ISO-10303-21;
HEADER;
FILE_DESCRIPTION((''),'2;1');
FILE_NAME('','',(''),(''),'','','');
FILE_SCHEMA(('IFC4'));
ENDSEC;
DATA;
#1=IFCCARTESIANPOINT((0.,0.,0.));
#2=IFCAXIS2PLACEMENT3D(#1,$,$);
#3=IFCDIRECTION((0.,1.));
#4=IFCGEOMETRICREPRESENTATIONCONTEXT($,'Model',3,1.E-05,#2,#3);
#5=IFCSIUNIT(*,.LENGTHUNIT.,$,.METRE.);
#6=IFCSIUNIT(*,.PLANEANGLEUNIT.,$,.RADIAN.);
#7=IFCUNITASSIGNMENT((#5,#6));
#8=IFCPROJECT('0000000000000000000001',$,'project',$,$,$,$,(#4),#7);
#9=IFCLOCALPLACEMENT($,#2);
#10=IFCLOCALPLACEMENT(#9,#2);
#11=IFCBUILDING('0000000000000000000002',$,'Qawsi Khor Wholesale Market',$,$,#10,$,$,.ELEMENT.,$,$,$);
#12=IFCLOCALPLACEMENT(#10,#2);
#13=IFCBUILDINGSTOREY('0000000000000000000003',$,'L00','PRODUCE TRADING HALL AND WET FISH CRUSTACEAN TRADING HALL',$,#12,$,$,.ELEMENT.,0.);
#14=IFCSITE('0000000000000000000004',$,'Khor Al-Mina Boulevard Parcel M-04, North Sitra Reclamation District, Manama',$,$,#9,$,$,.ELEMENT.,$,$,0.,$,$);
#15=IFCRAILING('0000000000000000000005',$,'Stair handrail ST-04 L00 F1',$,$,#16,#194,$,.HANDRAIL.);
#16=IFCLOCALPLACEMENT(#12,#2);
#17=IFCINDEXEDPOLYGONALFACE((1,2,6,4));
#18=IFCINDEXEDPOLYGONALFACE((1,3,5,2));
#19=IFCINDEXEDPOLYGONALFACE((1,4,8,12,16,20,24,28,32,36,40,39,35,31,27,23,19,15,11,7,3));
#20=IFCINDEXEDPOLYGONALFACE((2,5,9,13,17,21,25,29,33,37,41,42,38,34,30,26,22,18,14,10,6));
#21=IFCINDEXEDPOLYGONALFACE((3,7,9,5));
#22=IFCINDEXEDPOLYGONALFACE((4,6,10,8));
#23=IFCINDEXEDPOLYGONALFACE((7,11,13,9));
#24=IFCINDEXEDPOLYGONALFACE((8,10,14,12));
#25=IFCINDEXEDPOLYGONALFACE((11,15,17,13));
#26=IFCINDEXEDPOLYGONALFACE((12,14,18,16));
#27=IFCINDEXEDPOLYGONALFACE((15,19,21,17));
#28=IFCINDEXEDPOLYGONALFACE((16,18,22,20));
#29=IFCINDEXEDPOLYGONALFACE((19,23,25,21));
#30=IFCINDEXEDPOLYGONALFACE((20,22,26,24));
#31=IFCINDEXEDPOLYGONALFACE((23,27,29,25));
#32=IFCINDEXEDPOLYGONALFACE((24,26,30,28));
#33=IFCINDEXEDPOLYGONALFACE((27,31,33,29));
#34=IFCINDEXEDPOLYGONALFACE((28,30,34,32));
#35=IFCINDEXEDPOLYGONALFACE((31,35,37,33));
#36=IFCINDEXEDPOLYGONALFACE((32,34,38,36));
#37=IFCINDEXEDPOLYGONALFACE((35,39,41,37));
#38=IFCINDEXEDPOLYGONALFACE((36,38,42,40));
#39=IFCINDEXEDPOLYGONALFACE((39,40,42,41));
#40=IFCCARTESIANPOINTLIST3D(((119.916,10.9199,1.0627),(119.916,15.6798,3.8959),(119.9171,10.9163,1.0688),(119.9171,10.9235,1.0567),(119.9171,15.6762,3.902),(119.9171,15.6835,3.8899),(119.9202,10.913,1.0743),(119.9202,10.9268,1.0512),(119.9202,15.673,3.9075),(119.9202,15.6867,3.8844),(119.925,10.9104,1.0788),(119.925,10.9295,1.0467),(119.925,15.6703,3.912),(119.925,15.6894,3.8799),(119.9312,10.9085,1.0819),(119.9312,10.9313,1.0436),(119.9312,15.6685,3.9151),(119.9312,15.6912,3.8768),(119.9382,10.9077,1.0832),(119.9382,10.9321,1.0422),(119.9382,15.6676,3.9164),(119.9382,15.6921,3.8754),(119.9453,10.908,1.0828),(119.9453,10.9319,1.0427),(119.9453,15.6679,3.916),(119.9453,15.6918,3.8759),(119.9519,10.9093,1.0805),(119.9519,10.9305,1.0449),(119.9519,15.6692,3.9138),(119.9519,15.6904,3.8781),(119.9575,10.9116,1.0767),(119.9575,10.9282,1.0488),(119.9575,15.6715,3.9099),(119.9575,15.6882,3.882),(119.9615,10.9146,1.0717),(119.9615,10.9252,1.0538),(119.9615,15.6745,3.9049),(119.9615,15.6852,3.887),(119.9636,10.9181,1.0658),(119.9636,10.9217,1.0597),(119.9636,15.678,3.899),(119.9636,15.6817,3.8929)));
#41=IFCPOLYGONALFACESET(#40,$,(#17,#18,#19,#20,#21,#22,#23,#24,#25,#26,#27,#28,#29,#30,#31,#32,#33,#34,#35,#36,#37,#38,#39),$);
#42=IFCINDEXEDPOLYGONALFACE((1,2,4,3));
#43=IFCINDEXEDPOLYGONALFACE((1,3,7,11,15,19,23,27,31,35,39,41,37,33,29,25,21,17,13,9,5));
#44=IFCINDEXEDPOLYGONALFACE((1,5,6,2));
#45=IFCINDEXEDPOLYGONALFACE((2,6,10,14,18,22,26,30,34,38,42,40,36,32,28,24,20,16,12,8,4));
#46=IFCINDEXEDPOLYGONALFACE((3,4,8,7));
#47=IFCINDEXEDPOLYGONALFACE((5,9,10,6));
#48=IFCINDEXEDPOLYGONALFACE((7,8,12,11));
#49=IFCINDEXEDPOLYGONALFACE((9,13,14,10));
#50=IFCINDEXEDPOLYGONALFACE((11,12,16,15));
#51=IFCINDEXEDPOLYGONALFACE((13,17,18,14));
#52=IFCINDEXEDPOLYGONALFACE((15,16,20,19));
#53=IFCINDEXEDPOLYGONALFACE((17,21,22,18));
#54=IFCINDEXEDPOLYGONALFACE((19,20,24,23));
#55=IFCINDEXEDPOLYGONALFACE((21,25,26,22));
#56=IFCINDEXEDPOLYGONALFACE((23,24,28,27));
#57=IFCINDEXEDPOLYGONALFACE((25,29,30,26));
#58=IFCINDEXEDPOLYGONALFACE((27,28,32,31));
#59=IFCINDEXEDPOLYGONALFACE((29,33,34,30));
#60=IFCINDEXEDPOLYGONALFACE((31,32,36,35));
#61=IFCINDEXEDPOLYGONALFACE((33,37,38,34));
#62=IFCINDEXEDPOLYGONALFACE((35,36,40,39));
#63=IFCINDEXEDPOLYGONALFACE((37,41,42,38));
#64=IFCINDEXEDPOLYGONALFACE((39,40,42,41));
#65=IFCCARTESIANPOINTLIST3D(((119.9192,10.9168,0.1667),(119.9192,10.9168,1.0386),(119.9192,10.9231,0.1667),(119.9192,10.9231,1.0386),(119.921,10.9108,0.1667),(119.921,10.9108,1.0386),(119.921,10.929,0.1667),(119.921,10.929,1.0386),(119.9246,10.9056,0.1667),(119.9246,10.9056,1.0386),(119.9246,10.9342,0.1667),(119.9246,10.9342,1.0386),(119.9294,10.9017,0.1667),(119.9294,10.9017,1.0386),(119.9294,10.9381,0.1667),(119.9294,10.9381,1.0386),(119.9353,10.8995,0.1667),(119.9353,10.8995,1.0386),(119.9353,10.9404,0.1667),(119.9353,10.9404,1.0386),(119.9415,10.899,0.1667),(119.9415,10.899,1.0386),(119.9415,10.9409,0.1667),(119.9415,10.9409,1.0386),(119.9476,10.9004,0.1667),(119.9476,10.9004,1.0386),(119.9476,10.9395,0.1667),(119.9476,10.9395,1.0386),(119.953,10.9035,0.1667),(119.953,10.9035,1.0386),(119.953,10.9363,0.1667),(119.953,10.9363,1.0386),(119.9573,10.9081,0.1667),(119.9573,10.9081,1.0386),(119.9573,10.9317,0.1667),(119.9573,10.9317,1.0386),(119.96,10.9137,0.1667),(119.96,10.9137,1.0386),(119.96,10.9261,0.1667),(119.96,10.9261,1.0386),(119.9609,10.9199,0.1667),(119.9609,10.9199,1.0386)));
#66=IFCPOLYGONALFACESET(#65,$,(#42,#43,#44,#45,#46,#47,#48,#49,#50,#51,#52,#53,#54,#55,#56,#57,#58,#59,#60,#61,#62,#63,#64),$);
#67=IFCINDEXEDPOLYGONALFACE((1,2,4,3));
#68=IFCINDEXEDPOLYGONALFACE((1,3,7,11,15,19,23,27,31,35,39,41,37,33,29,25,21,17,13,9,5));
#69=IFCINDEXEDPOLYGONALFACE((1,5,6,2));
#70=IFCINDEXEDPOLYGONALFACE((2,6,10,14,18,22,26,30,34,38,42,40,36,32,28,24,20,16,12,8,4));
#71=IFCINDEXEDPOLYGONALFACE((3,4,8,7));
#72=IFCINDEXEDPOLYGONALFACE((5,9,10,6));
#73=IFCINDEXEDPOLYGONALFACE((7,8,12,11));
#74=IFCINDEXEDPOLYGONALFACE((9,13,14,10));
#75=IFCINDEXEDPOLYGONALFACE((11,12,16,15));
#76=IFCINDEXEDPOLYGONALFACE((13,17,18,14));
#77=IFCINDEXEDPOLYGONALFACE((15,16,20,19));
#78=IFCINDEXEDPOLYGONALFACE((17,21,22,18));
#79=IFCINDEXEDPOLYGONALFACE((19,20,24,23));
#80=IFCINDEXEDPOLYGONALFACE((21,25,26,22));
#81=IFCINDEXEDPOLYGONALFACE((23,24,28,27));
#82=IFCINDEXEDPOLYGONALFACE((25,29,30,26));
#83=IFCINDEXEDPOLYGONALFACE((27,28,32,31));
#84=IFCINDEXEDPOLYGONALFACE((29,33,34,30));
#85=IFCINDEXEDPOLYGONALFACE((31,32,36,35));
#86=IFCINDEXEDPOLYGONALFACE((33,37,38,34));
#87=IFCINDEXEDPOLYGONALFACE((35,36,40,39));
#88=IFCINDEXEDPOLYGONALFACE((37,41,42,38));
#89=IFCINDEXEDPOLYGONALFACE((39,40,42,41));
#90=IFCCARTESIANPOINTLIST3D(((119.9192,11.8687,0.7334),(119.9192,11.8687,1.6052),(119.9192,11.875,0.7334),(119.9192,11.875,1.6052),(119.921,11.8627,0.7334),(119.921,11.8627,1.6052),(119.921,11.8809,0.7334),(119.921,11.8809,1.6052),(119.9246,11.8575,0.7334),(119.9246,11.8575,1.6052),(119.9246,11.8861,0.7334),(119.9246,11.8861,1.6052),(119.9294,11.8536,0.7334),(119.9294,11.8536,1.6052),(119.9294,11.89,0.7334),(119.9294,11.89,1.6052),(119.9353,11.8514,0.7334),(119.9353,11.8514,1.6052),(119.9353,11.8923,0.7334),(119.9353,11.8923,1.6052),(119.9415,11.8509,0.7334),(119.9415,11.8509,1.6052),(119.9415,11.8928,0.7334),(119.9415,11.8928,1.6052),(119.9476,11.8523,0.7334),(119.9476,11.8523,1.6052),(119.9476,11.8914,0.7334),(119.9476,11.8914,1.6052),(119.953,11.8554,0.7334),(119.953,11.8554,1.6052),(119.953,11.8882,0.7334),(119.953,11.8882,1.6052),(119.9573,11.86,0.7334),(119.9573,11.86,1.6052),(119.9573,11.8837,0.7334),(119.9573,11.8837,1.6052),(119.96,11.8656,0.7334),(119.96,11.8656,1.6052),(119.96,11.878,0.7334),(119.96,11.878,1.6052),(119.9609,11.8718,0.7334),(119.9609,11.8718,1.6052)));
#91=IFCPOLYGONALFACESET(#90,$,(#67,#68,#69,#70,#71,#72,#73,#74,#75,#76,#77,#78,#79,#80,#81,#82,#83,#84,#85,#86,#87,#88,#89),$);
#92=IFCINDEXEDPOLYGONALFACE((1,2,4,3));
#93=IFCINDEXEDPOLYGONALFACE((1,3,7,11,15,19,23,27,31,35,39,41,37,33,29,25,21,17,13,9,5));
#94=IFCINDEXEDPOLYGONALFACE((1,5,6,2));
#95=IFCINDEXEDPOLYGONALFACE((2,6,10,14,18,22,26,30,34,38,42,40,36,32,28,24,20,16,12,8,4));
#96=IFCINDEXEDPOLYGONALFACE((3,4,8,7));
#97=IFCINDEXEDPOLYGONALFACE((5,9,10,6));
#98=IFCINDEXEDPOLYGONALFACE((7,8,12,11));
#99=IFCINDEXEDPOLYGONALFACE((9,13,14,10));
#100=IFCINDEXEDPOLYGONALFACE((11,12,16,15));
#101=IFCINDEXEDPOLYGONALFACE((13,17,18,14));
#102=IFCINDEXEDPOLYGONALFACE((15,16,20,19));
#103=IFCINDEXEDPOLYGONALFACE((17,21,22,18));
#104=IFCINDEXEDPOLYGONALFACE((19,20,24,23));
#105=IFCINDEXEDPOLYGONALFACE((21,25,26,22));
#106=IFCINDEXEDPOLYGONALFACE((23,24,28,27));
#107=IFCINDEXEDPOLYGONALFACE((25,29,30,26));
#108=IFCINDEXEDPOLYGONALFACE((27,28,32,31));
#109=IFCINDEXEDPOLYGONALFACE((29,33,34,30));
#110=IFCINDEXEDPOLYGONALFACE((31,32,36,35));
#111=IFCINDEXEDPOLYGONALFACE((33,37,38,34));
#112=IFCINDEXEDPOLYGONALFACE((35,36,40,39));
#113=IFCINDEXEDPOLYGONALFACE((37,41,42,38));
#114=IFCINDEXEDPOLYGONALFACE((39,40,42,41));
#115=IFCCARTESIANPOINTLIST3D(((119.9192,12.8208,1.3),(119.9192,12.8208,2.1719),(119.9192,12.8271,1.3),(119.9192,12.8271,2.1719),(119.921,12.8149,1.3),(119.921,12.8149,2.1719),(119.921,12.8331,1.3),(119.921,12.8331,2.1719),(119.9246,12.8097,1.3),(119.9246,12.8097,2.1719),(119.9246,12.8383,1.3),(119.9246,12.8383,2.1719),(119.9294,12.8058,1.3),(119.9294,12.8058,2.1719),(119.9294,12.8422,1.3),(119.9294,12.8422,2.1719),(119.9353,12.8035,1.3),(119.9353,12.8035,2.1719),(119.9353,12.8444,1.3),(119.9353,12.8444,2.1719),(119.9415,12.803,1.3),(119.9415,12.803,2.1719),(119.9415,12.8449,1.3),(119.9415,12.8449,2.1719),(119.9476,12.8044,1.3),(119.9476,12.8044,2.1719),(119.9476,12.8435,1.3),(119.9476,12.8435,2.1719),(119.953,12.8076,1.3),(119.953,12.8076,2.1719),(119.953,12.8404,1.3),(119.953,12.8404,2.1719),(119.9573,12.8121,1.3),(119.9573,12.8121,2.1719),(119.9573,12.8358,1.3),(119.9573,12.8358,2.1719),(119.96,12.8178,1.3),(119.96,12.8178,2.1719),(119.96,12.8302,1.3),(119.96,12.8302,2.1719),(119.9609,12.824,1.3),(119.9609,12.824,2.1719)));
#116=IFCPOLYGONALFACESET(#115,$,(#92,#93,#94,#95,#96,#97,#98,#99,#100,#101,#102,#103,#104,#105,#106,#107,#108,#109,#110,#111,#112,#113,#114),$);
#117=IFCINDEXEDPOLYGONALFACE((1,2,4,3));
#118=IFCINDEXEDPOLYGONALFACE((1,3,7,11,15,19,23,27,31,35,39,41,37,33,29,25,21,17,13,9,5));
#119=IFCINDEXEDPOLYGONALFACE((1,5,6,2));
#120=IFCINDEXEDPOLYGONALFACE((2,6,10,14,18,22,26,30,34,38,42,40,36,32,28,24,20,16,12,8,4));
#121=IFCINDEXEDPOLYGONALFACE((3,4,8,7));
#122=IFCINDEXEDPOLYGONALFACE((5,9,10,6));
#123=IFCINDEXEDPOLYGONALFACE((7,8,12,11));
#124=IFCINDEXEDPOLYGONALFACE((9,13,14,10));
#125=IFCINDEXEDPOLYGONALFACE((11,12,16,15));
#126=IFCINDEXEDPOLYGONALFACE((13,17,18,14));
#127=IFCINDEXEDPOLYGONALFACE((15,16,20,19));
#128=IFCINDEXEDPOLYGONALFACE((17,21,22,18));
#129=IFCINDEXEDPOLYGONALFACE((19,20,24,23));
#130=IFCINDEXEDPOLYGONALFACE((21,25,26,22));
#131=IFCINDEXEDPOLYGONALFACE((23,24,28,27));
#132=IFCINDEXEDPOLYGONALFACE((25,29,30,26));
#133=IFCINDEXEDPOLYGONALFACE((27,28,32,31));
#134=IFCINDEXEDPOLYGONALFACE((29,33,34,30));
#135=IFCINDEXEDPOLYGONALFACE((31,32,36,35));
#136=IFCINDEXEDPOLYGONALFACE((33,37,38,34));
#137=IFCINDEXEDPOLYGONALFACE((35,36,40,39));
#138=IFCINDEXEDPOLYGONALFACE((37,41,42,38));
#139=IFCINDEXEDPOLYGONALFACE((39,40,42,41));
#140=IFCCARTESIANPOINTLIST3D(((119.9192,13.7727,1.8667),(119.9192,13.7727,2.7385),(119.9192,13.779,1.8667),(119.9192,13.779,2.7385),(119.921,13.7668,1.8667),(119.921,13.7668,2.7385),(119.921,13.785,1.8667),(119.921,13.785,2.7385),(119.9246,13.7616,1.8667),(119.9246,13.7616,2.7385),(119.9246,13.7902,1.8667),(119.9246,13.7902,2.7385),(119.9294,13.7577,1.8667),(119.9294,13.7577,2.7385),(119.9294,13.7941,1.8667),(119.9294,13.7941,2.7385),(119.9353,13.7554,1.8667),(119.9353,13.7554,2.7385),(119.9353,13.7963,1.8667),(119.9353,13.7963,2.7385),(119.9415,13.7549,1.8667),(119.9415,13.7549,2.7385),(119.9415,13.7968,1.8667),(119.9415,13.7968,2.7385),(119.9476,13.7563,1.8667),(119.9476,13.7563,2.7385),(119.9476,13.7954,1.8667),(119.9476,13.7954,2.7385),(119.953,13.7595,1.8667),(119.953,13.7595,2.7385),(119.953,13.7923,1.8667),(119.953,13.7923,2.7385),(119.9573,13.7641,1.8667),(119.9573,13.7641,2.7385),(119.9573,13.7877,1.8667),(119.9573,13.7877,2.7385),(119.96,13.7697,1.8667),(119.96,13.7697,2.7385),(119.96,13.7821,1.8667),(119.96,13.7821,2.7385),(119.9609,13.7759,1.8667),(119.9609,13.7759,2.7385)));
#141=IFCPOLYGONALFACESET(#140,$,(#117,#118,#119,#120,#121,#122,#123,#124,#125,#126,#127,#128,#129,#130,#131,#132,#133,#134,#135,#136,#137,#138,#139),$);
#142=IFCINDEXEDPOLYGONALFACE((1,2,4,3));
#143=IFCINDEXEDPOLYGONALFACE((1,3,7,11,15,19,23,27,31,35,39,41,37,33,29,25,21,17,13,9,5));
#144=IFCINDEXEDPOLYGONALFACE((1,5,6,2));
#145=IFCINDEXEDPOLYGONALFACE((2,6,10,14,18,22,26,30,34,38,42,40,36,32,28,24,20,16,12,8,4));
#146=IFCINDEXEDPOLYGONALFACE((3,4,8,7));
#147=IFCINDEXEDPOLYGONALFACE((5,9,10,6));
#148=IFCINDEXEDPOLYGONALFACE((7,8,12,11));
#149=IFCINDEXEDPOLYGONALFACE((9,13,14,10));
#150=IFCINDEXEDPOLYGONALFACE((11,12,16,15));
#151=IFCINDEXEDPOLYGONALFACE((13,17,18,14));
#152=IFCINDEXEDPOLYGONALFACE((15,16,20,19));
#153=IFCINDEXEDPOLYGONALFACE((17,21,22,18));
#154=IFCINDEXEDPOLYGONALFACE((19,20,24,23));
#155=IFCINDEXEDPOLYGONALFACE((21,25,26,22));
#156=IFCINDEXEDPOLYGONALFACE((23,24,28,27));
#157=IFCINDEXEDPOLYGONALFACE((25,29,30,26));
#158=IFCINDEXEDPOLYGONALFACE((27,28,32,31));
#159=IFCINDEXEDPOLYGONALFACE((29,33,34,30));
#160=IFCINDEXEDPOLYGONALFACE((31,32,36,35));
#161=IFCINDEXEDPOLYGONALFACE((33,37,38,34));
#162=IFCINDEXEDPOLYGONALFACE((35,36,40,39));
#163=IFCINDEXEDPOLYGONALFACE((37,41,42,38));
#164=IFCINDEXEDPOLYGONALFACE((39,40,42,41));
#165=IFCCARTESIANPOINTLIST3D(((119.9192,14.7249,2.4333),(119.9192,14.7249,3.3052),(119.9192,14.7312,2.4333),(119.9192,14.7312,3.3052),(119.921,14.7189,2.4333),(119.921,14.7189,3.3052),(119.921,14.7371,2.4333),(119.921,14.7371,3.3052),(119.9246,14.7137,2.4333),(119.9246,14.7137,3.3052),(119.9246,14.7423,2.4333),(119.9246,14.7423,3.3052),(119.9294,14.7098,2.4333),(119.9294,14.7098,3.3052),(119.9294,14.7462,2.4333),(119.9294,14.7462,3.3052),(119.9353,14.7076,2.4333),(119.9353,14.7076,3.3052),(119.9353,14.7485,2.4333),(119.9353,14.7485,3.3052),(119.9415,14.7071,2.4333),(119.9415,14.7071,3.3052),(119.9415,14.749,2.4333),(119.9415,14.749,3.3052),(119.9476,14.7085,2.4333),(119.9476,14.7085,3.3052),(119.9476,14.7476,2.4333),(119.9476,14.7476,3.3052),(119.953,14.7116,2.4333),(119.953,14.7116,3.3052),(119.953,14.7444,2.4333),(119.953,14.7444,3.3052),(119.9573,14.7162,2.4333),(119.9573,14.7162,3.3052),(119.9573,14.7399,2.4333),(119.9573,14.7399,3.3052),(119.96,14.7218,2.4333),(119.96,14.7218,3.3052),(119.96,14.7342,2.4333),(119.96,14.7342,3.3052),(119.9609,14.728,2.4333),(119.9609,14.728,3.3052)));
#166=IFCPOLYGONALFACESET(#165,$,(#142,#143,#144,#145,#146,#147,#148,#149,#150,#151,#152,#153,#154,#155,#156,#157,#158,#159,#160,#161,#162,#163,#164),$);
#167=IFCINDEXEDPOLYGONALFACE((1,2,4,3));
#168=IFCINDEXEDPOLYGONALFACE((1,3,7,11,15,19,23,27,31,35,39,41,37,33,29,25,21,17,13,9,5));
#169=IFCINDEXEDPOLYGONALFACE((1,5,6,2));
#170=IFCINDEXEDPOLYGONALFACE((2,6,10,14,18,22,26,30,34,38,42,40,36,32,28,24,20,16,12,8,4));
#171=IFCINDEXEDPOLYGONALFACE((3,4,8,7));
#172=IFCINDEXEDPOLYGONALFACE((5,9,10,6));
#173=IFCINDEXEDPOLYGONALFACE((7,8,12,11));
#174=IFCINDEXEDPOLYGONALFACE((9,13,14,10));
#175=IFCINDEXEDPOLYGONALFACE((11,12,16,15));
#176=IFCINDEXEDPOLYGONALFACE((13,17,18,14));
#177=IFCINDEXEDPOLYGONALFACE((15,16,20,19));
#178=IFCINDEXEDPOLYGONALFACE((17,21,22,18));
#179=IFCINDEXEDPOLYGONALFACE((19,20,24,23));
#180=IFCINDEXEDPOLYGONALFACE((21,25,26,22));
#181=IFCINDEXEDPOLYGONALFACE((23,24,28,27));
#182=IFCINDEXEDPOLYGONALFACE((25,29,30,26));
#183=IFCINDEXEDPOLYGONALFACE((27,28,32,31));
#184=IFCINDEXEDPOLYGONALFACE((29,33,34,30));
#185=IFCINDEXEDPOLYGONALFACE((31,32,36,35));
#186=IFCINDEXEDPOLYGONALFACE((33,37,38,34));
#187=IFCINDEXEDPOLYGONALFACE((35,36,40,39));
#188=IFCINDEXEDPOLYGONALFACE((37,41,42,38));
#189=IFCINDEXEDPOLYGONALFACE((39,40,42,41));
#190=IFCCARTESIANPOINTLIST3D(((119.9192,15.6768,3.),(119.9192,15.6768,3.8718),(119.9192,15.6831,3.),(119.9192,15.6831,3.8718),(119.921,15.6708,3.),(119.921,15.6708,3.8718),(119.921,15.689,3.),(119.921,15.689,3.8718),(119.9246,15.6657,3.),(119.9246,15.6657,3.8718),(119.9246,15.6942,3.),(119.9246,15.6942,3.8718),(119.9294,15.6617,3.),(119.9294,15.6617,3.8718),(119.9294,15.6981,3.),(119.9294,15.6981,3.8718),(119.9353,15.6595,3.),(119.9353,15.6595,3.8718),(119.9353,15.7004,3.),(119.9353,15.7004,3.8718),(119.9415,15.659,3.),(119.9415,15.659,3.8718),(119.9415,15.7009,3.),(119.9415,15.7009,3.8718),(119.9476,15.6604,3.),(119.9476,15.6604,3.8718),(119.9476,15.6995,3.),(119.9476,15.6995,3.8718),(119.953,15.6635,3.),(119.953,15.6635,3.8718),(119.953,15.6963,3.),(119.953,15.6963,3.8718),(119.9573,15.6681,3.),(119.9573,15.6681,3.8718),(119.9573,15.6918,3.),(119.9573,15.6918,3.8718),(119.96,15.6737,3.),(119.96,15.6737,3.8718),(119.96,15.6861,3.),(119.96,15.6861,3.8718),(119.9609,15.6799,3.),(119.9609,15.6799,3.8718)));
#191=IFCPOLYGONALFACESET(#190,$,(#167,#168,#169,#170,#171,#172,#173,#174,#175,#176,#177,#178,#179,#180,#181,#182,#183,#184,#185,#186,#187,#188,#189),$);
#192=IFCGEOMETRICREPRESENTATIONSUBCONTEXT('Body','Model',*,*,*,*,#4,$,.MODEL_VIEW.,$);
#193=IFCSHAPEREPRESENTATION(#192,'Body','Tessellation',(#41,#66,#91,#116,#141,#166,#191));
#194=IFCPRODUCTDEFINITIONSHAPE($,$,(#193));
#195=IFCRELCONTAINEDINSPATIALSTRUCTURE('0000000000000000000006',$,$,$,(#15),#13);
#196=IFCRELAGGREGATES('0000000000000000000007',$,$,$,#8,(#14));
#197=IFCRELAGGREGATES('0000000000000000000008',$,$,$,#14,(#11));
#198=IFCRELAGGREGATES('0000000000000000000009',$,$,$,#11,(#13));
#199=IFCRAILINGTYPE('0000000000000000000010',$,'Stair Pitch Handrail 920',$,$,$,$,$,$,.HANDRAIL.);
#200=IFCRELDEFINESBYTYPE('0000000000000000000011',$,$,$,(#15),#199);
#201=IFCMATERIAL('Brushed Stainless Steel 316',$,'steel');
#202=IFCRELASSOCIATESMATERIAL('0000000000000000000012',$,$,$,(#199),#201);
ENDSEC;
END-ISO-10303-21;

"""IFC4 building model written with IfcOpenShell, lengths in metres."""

from ifc_helpers import new_model, si_unit, direction, frame, origin, origin_2d, place, context, subcontext, project, spatial, circle, extrude, material, type_object, element, save


model = new_model("IFC4")

# Units and contexts
model_context = context("Model", 3, precision=1e-05, world=origin(), true_north=direction((0.0, 1.0)))
body_context = subcontext(model_context, "Body", "Model", "MODEL_VIEW")
ifc_project = project(units=[si_unit("LENGTHUNIT", "METRE"), si_unit("PLANEANGLEUNIT", "RADIAN")], contexts=[model_context])

# Site, building, storey
site_placement = place(None, origin())
site = spatial("IfcSite", under=ifc_project, at=site_placement, Name="Khor Al-Mina Boulevard Parcel M-04, North Sitra Reclamation District, Manama", CompositionType="ELEMENT", RefElevation=0.0)
building_placement = place(site_placement, origin())
building = spatial("IfcBuilding", under=site, at=building_placement, Name="Qawsi Khor Wholesale Market", CompositionType="ELEMENT")
storey_placement = place(building_placement, origin())
storey = spatial("IfcBuildingStorey", under=building, at=storey_placement, Name="L00", Description="PRODUCE TRADING HALL AND WET FISH CRUSTACEAN TRADING HALL", CompositionType="ELEMENT", Elevation=0.0)

# Railing
ifc_material_1 = material(Name="Brushed Stainless Steel 316", Category="steel")
railing_type = type_object("IfcRailingType", Name="Stair Pitch Handrail 920", PredefinedType="HANDRAIL", material=ifc_material_1)
railing_1_placement = place(storey_placement, frame((119.9399, 10.9199, 0.1667)))
element("IfcRailing", 1, at=railing_1_placement, inside=storey, type_object=railing_type, Name="Stair handrail ST-04 L00 F1", PredefinedType="HANDRAIL", context=body_context, shape_type="SweptSolid", body=[
    extrude(circle(Radius=0.0239, at=origin_2d()), frame((0.0, 0.0, 0.896), z_axis=(0.0, 0.8593, 0.511472), x_axis=(-1.0, 0.0, 0.0)), (0.0, 0.0, 1.0), 5.5393),
    extrude(circle(Radius=0.021, at=origin_2d()), origin(), (0.0, 0.0, 1.0), 0.8718),
    extrude(circle(Radius=0.021, at=origin_2d()), frame((0.0, 0.9519, 0.5667)), (0.0, 0.0, 1.0), 0.8718),
    extrude(circle(Radius=0.021, at=origin_2d()), frame((0.0, 1.9041, 1.1333)), (0.0, 0.0, 1.0), 0.8718),
    extrude(circle(Radius=0.021, at=origin_2d()), frame((0.0, 2.856, 1.7)), (0.0, 0.0, 1.0), 0.8718),
    extrude(circle(Radius=0.021, at=origin_2d()), frame((0.0, 3.8081, 2.2666)), (0.0, 0.0, 1.0), 0.8718),
    extrude(circle(Radius=0.021, at=origin_2d()), frame((0.0, 4.76, 2.8333)), (0.0, 0.0, 1.0), 0.8718),
])

save(model, "model.ifc")
